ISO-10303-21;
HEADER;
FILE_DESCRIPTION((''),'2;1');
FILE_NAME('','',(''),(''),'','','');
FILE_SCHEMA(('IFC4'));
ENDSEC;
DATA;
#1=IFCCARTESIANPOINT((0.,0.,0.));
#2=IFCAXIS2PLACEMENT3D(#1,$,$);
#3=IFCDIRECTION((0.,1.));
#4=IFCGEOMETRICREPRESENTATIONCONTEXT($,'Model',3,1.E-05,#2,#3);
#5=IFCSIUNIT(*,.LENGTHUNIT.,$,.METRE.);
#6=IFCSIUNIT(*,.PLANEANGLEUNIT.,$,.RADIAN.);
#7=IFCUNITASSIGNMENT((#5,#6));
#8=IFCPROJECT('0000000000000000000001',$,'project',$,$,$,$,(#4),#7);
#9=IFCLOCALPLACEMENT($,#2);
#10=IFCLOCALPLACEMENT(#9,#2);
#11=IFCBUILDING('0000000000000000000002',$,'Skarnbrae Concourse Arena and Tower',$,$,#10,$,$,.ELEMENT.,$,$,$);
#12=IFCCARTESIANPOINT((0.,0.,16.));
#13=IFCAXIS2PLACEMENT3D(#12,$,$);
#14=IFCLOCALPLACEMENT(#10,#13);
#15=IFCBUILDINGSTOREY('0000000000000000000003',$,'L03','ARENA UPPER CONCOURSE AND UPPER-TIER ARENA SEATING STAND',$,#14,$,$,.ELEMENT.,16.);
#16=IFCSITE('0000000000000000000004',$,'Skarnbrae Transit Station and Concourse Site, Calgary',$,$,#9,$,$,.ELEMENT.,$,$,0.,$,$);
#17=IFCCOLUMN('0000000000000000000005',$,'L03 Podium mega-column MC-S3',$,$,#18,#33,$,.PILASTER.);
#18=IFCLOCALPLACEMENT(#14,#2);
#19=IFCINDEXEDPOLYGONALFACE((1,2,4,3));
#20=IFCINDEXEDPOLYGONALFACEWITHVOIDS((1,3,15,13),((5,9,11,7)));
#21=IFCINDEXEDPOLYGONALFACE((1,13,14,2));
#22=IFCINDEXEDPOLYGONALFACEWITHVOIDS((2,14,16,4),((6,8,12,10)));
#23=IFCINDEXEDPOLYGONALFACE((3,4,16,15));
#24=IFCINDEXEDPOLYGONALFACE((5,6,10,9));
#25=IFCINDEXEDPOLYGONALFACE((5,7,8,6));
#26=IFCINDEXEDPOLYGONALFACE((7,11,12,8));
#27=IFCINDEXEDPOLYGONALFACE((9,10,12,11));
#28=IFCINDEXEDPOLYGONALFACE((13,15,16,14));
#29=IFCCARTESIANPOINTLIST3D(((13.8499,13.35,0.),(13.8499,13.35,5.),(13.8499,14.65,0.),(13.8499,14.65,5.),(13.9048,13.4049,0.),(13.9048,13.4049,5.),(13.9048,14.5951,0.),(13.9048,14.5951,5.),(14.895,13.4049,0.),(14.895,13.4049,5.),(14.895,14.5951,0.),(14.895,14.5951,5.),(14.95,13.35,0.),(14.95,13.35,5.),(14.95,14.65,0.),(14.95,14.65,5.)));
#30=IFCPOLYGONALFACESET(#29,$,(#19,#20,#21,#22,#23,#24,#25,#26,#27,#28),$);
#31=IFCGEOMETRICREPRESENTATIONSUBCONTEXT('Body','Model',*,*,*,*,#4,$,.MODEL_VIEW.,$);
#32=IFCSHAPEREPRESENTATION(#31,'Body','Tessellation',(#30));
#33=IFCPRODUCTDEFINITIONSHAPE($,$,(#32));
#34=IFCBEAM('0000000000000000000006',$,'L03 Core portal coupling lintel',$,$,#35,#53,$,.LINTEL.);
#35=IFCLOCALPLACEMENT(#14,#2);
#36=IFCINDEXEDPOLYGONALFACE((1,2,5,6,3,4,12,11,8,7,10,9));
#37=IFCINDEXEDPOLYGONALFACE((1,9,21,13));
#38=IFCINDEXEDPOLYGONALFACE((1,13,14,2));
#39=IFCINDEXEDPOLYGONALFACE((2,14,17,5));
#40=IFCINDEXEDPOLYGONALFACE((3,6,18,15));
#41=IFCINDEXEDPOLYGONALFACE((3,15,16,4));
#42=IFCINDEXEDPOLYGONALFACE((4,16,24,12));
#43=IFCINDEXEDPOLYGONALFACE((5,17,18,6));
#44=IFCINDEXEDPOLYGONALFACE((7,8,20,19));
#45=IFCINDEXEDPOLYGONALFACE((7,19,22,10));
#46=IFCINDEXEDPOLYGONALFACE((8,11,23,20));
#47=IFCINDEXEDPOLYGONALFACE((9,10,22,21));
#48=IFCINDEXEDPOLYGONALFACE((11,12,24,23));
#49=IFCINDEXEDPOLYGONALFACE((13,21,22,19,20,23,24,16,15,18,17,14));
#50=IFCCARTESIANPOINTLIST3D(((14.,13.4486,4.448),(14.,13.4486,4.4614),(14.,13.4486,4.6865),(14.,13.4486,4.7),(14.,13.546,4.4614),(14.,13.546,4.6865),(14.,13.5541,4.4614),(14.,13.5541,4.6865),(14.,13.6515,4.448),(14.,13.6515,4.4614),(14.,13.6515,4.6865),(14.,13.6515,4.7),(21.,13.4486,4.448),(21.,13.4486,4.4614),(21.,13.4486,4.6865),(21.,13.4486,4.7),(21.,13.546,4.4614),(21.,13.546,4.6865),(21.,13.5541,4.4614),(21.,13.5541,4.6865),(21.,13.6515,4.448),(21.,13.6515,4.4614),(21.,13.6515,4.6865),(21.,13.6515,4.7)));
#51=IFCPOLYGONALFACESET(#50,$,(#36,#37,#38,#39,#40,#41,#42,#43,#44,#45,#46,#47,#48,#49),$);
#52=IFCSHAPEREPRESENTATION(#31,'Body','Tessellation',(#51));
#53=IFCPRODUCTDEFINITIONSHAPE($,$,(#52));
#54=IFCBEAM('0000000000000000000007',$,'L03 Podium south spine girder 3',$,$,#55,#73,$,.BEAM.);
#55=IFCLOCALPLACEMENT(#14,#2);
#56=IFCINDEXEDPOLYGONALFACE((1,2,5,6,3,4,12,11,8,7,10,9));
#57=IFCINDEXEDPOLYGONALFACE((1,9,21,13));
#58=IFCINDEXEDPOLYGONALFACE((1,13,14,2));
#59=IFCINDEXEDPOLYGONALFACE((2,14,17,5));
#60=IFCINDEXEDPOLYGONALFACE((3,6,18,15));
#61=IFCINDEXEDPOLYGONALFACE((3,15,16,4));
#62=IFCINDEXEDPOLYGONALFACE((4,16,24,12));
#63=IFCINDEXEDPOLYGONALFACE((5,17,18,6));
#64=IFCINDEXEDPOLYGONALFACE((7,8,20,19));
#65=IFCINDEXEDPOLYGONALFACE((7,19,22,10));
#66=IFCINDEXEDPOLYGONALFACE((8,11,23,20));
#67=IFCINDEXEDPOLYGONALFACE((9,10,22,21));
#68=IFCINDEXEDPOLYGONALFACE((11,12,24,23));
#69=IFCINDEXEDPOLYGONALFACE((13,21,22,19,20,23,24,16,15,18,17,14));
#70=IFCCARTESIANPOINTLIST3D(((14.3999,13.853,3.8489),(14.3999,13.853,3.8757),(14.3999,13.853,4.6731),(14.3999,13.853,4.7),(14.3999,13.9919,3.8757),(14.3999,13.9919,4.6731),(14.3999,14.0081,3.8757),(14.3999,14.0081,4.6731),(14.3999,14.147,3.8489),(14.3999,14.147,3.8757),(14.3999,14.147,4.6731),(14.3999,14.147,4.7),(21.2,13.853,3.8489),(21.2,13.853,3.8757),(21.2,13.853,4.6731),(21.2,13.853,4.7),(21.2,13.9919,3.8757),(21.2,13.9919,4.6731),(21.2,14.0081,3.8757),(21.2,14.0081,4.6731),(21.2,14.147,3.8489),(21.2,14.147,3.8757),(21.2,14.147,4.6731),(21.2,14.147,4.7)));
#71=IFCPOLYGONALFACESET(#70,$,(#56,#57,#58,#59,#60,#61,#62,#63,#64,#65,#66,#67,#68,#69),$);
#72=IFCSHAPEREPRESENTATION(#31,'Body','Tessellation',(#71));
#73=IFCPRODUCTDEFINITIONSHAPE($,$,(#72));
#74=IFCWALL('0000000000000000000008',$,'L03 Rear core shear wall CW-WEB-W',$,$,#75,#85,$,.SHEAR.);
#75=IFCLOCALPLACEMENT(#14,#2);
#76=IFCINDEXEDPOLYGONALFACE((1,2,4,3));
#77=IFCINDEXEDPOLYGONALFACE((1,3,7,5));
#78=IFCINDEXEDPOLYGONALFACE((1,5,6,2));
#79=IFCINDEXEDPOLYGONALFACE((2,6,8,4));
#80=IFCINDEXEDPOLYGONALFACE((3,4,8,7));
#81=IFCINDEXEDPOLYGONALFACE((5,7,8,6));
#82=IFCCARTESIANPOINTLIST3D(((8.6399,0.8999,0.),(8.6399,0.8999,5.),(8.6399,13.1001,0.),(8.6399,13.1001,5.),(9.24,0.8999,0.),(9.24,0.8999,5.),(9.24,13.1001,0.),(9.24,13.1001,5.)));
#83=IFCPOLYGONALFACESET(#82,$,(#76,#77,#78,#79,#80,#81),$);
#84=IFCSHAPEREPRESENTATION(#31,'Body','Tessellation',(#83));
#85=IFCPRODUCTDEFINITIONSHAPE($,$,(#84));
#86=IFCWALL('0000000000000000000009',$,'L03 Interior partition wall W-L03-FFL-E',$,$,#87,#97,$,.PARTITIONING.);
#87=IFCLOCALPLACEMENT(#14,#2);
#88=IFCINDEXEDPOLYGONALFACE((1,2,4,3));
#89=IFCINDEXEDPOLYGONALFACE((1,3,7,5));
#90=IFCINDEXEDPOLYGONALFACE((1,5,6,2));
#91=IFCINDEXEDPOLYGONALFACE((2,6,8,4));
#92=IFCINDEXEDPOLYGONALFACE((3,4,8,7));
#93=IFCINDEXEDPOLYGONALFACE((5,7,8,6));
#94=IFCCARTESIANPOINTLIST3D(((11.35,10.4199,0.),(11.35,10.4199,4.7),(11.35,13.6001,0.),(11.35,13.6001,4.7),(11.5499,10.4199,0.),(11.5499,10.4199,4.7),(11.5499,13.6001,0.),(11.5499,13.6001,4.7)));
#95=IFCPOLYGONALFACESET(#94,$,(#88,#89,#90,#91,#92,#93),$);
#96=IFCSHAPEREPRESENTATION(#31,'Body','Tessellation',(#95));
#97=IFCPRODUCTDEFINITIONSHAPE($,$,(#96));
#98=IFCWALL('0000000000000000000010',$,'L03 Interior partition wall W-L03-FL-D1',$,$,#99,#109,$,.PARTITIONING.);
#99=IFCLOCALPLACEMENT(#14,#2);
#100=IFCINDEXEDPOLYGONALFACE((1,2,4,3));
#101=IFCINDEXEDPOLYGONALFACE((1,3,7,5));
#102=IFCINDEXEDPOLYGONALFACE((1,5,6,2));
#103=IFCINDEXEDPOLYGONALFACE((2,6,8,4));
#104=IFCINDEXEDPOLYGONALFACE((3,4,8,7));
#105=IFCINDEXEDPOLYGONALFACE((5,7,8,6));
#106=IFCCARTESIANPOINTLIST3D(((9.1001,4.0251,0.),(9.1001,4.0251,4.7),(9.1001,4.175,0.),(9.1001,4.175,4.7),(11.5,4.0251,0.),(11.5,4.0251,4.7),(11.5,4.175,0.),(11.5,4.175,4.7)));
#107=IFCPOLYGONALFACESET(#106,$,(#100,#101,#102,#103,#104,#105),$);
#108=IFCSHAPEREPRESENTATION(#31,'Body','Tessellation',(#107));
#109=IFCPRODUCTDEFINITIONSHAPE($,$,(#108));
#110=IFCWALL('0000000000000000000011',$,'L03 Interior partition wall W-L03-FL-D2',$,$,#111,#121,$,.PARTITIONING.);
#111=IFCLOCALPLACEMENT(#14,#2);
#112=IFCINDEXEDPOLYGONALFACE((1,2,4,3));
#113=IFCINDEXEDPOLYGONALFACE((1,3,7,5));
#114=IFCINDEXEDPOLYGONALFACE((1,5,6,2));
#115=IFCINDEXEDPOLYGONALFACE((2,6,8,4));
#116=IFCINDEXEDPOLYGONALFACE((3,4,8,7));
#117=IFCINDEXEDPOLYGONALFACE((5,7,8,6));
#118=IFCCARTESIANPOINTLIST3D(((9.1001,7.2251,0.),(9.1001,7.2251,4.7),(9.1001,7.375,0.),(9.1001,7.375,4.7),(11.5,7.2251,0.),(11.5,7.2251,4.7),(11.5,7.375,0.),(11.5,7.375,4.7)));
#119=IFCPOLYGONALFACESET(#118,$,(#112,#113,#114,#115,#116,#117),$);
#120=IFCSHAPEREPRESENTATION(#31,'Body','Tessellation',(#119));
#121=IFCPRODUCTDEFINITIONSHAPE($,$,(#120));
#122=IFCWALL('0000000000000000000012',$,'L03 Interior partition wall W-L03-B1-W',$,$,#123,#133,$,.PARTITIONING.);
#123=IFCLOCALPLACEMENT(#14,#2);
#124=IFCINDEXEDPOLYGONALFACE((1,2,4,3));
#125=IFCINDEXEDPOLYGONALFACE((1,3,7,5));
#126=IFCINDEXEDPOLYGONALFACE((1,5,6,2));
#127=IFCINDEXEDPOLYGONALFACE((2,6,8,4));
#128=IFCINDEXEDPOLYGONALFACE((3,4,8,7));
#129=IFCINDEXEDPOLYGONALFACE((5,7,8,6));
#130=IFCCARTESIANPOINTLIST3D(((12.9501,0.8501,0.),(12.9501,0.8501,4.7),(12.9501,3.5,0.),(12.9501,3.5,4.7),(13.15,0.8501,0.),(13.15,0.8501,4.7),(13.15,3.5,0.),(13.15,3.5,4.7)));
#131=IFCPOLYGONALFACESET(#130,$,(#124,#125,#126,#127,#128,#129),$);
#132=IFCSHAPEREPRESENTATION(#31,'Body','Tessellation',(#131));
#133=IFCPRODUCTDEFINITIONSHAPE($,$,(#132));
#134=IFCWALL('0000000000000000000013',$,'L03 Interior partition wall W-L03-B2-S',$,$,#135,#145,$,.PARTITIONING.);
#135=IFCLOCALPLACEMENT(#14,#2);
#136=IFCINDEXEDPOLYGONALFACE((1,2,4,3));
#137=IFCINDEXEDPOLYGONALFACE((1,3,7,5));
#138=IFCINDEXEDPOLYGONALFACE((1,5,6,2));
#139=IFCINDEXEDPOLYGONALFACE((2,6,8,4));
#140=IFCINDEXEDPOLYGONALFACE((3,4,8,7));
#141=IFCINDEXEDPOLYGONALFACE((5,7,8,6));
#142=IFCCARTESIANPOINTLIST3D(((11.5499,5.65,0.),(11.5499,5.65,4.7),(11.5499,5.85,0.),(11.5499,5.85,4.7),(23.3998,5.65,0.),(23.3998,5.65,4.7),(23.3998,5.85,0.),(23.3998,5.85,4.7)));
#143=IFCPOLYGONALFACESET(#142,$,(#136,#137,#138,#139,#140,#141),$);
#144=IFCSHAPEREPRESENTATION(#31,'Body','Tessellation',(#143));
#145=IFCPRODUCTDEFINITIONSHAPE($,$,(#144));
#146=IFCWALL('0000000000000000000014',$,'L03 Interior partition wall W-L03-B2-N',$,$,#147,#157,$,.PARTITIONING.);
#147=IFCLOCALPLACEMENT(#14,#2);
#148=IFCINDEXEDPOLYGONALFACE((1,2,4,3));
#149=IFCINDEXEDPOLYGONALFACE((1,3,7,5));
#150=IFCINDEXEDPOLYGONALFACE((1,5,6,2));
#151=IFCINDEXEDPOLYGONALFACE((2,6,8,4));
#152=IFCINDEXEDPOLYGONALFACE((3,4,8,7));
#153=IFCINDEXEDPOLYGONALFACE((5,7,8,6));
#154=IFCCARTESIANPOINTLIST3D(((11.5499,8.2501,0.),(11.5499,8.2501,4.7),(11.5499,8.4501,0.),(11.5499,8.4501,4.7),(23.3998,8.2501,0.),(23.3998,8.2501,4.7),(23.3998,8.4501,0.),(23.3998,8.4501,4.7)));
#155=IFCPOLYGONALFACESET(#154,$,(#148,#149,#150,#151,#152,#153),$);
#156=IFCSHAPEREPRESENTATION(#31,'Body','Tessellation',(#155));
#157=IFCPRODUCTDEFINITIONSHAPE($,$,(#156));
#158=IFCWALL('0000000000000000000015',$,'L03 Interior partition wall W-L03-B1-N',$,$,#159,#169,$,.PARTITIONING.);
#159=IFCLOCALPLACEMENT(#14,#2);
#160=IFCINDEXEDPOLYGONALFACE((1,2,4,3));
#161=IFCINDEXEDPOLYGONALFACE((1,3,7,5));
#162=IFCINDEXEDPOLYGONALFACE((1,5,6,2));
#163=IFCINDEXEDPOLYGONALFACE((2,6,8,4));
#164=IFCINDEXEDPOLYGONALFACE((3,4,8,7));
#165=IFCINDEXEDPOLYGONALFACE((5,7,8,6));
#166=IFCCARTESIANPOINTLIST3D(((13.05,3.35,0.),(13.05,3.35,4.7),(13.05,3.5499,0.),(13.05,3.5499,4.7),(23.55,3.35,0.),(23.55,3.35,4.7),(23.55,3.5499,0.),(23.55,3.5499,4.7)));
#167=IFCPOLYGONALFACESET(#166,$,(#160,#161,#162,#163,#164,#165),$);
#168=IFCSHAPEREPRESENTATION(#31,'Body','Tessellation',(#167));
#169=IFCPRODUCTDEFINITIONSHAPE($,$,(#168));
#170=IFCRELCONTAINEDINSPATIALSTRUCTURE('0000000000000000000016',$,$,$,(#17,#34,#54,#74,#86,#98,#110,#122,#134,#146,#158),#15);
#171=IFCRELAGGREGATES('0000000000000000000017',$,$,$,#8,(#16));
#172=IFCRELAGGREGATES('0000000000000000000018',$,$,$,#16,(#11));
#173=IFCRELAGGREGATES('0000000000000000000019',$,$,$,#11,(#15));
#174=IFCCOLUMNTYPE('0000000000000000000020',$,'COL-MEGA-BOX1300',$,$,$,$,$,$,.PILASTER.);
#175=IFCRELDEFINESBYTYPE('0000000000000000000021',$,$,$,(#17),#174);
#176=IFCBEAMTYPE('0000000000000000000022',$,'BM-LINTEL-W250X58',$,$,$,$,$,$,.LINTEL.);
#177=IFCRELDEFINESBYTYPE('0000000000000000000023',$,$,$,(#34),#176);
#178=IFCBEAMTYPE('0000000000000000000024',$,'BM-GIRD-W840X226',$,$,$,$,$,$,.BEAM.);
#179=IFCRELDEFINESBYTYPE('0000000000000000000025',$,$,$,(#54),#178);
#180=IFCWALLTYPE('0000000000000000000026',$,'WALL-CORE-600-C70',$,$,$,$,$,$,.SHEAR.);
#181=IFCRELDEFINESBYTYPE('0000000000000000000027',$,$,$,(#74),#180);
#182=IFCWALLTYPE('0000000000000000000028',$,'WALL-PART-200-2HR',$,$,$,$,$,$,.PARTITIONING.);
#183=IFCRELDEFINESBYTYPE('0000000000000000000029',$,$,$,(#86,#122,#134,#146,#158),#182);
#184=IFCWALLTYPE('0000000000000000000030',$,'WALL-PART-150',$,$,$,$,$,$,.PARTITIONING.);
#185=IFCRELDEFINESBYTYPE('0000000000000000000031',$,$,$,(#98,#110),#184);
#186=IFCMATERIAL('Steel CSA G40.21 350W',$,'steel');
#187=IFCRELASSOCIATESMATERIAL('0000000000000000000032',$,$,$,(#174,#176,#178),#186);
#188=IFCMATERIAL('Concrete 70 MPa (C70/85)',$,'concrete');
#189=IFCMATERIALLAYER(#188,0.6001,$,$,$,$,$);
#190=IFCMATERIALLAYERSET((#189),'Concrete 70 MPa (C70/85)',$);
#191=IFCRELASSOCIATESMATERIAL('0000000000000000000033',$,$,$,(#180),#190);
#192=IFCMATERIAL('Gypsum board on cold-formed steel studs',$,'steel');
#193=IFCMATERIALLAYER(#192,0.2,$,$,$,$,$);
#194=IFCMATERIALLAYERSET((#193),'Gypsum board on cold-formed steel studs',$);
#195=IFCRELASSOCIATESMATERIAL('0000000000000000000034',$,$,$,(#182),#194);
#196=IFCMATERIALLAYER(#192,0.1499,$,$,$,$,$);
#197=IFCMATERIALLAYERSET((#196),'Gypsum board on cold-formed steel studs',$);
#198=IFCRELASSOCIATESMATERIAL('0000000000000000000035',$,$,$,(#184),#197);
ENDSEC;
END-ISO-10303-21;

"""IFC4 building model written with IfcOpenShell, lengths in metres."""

from ifc_helpers import new_model, si_unit, direction, frame, frame_2d, origin, origin_2d, place, context, subcontext, project, spatial, rectangle, hollow_rectangle, i_section, extrude, source, transform, mapped, material, layer, layer_set, material_profile, profile_set, type_object, element, save


model = new_model("IFC4")

# Units and contexts
model_context = context("Model", 3, precision=1e-05, world=origin(), true_north=direction((0.0, 1.0)))
body_context = subcontext(model_context, "Body", "Model", "MODEL_VIEW")
ifc_project = project(units=[si_unit("LENGTHUNIT", "METRE"), si_unit("PLANEANGLEUNIT", "RADIAN")], contexts=[model_context])

# Site, building, storey
site_placement = place(None, origin())
site = spatial("IfcSite", under=ifc_project, at=site_placement, Name="Skarnbrae Transit Station and Concourse Site, Calgary", CompositionType="ELEMENT", RefElevation=0.0)
building_placement = place(site_placement, origin())
building = spatial("IfcBuilding", under=site, at=building_placement, Name="Skarnbrae Concourse Arena and Tower", CompositionType="ELEMENT")
storey_placement = place(building_placement, frame((0.0, 0.0, 16.0)))
storey = spatial("IfcBuildingStorey", under=building, at=storey_placement, Name="L03", Description="ARENA UPPER CONCOURSE AND UPPER-TIER ARENA SEATING STAND", CompositionType="ELEMENT", Elevation=16.0)

# Column
ifc_material_1 = material(Name="Steel CSA G40.21 350W", Category="steel")
ifc_material_profile_1 = material_profile(ifc_material_1, hollow_rectangle(XDim=1.1001, YDim=1.3, WallThickness=0.0549, at=origin_2d()), Name="BOX1300X1100X55")
ifc_profile_set_1 = profile_set([ifc_material_profile_1], Name="Steel CSA G40.21 350W")
column_type = type_object("IfcColumnType", Name="COL-MEGA-BOX1300", PredefinedType="PILASTER", material=ifc_profile_set_1)
shared_shape_1 = source(origin(), body_context, "Body", "SweptSolid", [
    extrude(hollow_rectangle(XDim=1.1001, YDim=1.3, WallThickness=0.0549, at=origin_2d()), origin(), (0.0, 0.0, 1.0), 5.0),
])
column_placement = place(storey_placement, frame((14.3999, 14.0, 0.0), z_axis=(0.0, 0.0, 1.0), x_axis=(1.0, 0.0, 0.0)))
element("IfcColumn", 1, at=column_placement, inside=storey, type_object=column_type, Name="L03 Podium mega-column MC-S3", PredefinedType="PILASTER", context=body_context, shape_type="MappedRepresentation", body=[
    mapped(shared_shape_1, transform((0.0, 0.0, 0.0))),
])

# Beams
ifc_material_profile_2 = material_profile(ifc_material_1, i_section(OverallWidth=0.2029, OverallDepth=0.252, WebThickness=0.0081, FlangeThickness=0.0134, at=origin_2d()), Name="W250X58")
ifc_profile_set_2 = profile_set([ifc_material_profile_2], Name="Steel CSA G40.21 350W")
beam_type_1 = type_object("IfcBeamType", Name="BM-LINTEL-W250X58", PredefinedType="LINTEL", material=ifc_profile_set_2)
shared_shape_2 = source(origin(), body_context, "Body", "SweptSolid", [
    extrude(i_section(OverallWidth=0.2029, OverallDepth=0.252, WebThickness=0.0081, FlangeThickness=0.0134, at=origin_2d()), origin(), (0.0, 0.0, 1.0), 7.0),
])
beam_1_placement = place(storey_placement, frame((14.0, 13.55, 4.574), z_axis=(1.0, 0.0, 0.0), x_axis=(0.0, 1.0, 0.0)))
element("IfcBeam", 2, at=beam_1_placement, inside=storey, type_object=beam_type_1, Name="L03 Core portal coupling lintel", PredefinedType="LINTEL", context=body_context, shape_type="MappedRepresentation", body=[
    mapped(shared_shape_2, transform((0.0, 0.0, 0.0))),
])
ifc_material_profile_3 = material_profile(ifc_material_1, i_section(OverallWidth=0.2939, OverallDepth=0.8511, WebThickness=0.0161, FlangeThickness=0.0269, at=origin_2d()), Name="W840X226")
ifc_profile_set_3 = profile_set([ifc_material_profile_3], Name="Steel CSA G40.21 350W")
beam_type_2 = type_object("IfcBeamType", Name="BM-GIRD-W840X226", PredefinedType="BEAM", material=ifc_profile_set_3)
shared_shape_3 = source(origin(), body_context, "Body", "SweptSolid", [
    extrude(i_section(OverallWidth=0.2939, OverallDepth=0.8511, WebThickness=0.0161, FlangeThickness=0.0269, at=origin_2d()), origin(), (0.0, 0.0, 1.0), 6.8),
])
beam_2_placement = place(storey_placement, frame((14.3999, 14.0, 4.2744), z_axis=(1.0, 0.0, 0.0), x_axis=(0.0, 1.0, 0.0)))
element("IfcBeam", 3, at=beam_2_placement, inside=storey, type_object=beam_type_2, Name="L03 Podium south spine girder 3", PredefinedType="BEAM", context=body_context, shape_type="MappedRepresentation", body=[
    mapped(shared_shape_3, transform((0.0, 0.0, 0.0))),
])

# Wall
ifc_material_2 = material(Name="Concrete 70 MPa (C70/85)", Category="concrete")
ifc_layer_1 = layer(ifc_material_2, 0.6001)
ifc_layer_set_1 = layer_set([ifc_layer_1], Name="Concrete 70 MPa (C70/85)")
wall_type_1 = type_object("IfcWallType", Name="WALL-CORE-600-C70", PredefinedType="SHEAR", material=ifc_layer_set_1)
shared_shape_4 = source(origin(), body_context, "Body", "SweptSolid", [
    extrude(rectangle(XDim=12.2002, YDim=0.6001, at=frame_2d((6.1001, 0.0))), origin(), (0.0, 0.0, 1.0), 5.0),
])
wall_1_placement = place(storey_placement, frame((8.9399, 0.8999, 0.0), z_axis=(0.0, 0.0, 1.0), x_axis=(0.0, 1.0, 0.0)))
element("IfcWall", 4, at=wall_1_placement, inside=storey, type_object=wall_type_1, Name="L03 Rear core shear wall CW-WEB-W", PredefinedType="SHEAR", context=body_context, shape_type="MappedRepresentation", body=[
    mapped(shared_shape_4, transform((0.0, 0.0, 0.0))),
])

# Wall
ifc_material_3 = material(Name="Gypsum board on cold-formed steel studs", Category="steel")
ifc_layer_2 = layer(ifc_material_3, 0.2)
ifc_layer_set_2 = layer_set([ifc_layer_2], Name="Gypsum board on cold-formed steel studs")
wall_type_2 = type_object("IfcWallType", Name="WALL-PART-200-2HR", PredefinedType="PARTITIONING", material=ifc_layer_set_2)
shared_shape_5 = source(origin(), body_context, "Body", "SweptSolid", [
    extrude(rectangle(XDim=3.1802, YDim=0.2, at=frame_2d((1.5901, 0.0))), origin(), (0.0, 0.0, 1.0), 4.7),
])
wall_2_placement = place(storey_placement, frame((11.45, 10.4199, 0.0), z_axis=(0.0, 0.0, 1.0), x_axis=(0.0, 1.0, 0.0)))
element("IfcWall", 5, at=wall_2_placement, inside=storey, type_object=wall_type_2, Name="L03 Interior partition wall W-L03-FFL-E", PredefinedType="PARTITIONING", context=body_context, shape_type="MappedRepresentation", body=[
    mapped(shared_shape_5, transform((0.0, 0.0, 0.0))),
])

# Walls
ifc_layer_3 = layer(ifc_material_3, 0.1499)
ifc_layer_set_3 = layer_set([ifc_layer_3], Name="Gypsum board on cold-formed steel studs")
wall_type_3 = type_object("IfcWallType", Name="WALL-PART-150", PredefinedType="PARTITIONING", material=ifc_layer_set_3)
shared_shape_6 = source(origin(), body_context, "Body", "SweptSolid", [
    extrude(rectangle(XDim=2.3999, YDim=0.1499, at=frame_2d((1.2, 0.0))), origin(), (0.0, 0.0, 1.0), 4.7),
])
for number, where, z_axis, x_axis, name in (
    (6, (9.1001, 4.1001, 0.0), (0.0, 0.0, 1.0), (1.0, 0.0, 0.0), "L03 Interior partition wall W-L03-FL-D1"),
    (7, (9.1001, 7.3, 0.0), (0.0, 0.0, 1.0), (1.0, 0.0, 0.0), "L03 Interior partition wall W-L03-FL-D2"),
):
    element("IfcWall", number, at=place(storey_placement, frame(where, z_axis=z_axis, x_axis=x_axis)), inside=storey, type_object=wall_type_3, Name=name, PredefinedType="PARTITIONING", context=body_context, shape_type="MappedRepresentation", body=[
        mapped(shared_shape_6, transform((0.0, 0.0, 0.0))),
    ])
shared_shape_7 = source(origin(), body_context, "Body", "SweptSolid", [
    extrude(rectangle(XDim=2.6499, YDim=0.2, at=frame_2d((1.325, 0.0))), origin(), (0.0, 0.0, 1.0), 4.7),
])
wall_3_placement = place(storey_placement, frame((13.05, 0.8501, 0.0), z_axis=(0.0, 0.0, 1.0), x_axis=(0.0, 1.0, 0.0)))
element("IfcWall", 8, at=wall_3_placement, inside=storey, type_object=wall_type_2, Name="L03 Interior partition wall W-L03-B1-W", PredefinedType="PARTITIONING", context=body_context, shape_type="MappedRepresentation", body=[
    mapped(shared_shape_7, transform((0.0, 0.0, 0.0))),
])
shared_shape_8 = source(origin(), body_context, "Body", "SweptSolid", [
    extrude(rectangle(XDim=11.8499, YDim=0.2, at=frame_2d((5.9248, 0.0))), origin(), (0.0, 0.0, 1.0), 4.7),
])
for number, where, z_axis, x_axis, name in (
    (9, (11.55, 5.75, 0.0), (0.0, 0.0, 1.0), (1.0, 0.0, 0.0), "L03 Interior partition wall W-L03-B2-S"),
    (10, (11.55, 8.3501, 0.0), (0.0, 0.0, 1.0), (1.0, 0.0, 0.0), "L03 Interior partition wall W-L03-B2-N"),
):
    element("IfcWall", number, at=place(storey_placement, frame(where, z_axis=z_axis, x_axis=x_axis)), inside=storey, type_object=wall_type_2, Name=name, PredefinedType="PARTITIONING", context=body_context, shape_type="MappedRepresentation", body=[
        mapped(shared_shape_8, transform((0.0, 0.0, 0.0))),
    ])
shared_shape_9 = source(origin(), body_context, "Body", "SweptSolid", [
    extrude(rectangle(XDim=10.5, YDim=0.2, at=frame_2d((5.25, 0.0))), origin(), (0.0, 0.0, 1.0), 4.7),
])
wall_4_placement = place(storey_placement, frame((13.05, 3.45, 0.0), z_axis=(0.0, 0.0, 1.0), x_axis=(1.0, 0.0, 0.0)))
element("IfcWall", 11, at=wall_4_placement, inside=storey, type_object=wall_type_2, Name="L03 Interior partition wall W-L03-B1-N", PredefinedType="PARTITIONING", context=body_context, shape_type="MappedRepresentation", body=[
    mapped(shared_shape_9, transform((0.0, 0.0, 0.0))),
])

save(model, "model.ifc")
